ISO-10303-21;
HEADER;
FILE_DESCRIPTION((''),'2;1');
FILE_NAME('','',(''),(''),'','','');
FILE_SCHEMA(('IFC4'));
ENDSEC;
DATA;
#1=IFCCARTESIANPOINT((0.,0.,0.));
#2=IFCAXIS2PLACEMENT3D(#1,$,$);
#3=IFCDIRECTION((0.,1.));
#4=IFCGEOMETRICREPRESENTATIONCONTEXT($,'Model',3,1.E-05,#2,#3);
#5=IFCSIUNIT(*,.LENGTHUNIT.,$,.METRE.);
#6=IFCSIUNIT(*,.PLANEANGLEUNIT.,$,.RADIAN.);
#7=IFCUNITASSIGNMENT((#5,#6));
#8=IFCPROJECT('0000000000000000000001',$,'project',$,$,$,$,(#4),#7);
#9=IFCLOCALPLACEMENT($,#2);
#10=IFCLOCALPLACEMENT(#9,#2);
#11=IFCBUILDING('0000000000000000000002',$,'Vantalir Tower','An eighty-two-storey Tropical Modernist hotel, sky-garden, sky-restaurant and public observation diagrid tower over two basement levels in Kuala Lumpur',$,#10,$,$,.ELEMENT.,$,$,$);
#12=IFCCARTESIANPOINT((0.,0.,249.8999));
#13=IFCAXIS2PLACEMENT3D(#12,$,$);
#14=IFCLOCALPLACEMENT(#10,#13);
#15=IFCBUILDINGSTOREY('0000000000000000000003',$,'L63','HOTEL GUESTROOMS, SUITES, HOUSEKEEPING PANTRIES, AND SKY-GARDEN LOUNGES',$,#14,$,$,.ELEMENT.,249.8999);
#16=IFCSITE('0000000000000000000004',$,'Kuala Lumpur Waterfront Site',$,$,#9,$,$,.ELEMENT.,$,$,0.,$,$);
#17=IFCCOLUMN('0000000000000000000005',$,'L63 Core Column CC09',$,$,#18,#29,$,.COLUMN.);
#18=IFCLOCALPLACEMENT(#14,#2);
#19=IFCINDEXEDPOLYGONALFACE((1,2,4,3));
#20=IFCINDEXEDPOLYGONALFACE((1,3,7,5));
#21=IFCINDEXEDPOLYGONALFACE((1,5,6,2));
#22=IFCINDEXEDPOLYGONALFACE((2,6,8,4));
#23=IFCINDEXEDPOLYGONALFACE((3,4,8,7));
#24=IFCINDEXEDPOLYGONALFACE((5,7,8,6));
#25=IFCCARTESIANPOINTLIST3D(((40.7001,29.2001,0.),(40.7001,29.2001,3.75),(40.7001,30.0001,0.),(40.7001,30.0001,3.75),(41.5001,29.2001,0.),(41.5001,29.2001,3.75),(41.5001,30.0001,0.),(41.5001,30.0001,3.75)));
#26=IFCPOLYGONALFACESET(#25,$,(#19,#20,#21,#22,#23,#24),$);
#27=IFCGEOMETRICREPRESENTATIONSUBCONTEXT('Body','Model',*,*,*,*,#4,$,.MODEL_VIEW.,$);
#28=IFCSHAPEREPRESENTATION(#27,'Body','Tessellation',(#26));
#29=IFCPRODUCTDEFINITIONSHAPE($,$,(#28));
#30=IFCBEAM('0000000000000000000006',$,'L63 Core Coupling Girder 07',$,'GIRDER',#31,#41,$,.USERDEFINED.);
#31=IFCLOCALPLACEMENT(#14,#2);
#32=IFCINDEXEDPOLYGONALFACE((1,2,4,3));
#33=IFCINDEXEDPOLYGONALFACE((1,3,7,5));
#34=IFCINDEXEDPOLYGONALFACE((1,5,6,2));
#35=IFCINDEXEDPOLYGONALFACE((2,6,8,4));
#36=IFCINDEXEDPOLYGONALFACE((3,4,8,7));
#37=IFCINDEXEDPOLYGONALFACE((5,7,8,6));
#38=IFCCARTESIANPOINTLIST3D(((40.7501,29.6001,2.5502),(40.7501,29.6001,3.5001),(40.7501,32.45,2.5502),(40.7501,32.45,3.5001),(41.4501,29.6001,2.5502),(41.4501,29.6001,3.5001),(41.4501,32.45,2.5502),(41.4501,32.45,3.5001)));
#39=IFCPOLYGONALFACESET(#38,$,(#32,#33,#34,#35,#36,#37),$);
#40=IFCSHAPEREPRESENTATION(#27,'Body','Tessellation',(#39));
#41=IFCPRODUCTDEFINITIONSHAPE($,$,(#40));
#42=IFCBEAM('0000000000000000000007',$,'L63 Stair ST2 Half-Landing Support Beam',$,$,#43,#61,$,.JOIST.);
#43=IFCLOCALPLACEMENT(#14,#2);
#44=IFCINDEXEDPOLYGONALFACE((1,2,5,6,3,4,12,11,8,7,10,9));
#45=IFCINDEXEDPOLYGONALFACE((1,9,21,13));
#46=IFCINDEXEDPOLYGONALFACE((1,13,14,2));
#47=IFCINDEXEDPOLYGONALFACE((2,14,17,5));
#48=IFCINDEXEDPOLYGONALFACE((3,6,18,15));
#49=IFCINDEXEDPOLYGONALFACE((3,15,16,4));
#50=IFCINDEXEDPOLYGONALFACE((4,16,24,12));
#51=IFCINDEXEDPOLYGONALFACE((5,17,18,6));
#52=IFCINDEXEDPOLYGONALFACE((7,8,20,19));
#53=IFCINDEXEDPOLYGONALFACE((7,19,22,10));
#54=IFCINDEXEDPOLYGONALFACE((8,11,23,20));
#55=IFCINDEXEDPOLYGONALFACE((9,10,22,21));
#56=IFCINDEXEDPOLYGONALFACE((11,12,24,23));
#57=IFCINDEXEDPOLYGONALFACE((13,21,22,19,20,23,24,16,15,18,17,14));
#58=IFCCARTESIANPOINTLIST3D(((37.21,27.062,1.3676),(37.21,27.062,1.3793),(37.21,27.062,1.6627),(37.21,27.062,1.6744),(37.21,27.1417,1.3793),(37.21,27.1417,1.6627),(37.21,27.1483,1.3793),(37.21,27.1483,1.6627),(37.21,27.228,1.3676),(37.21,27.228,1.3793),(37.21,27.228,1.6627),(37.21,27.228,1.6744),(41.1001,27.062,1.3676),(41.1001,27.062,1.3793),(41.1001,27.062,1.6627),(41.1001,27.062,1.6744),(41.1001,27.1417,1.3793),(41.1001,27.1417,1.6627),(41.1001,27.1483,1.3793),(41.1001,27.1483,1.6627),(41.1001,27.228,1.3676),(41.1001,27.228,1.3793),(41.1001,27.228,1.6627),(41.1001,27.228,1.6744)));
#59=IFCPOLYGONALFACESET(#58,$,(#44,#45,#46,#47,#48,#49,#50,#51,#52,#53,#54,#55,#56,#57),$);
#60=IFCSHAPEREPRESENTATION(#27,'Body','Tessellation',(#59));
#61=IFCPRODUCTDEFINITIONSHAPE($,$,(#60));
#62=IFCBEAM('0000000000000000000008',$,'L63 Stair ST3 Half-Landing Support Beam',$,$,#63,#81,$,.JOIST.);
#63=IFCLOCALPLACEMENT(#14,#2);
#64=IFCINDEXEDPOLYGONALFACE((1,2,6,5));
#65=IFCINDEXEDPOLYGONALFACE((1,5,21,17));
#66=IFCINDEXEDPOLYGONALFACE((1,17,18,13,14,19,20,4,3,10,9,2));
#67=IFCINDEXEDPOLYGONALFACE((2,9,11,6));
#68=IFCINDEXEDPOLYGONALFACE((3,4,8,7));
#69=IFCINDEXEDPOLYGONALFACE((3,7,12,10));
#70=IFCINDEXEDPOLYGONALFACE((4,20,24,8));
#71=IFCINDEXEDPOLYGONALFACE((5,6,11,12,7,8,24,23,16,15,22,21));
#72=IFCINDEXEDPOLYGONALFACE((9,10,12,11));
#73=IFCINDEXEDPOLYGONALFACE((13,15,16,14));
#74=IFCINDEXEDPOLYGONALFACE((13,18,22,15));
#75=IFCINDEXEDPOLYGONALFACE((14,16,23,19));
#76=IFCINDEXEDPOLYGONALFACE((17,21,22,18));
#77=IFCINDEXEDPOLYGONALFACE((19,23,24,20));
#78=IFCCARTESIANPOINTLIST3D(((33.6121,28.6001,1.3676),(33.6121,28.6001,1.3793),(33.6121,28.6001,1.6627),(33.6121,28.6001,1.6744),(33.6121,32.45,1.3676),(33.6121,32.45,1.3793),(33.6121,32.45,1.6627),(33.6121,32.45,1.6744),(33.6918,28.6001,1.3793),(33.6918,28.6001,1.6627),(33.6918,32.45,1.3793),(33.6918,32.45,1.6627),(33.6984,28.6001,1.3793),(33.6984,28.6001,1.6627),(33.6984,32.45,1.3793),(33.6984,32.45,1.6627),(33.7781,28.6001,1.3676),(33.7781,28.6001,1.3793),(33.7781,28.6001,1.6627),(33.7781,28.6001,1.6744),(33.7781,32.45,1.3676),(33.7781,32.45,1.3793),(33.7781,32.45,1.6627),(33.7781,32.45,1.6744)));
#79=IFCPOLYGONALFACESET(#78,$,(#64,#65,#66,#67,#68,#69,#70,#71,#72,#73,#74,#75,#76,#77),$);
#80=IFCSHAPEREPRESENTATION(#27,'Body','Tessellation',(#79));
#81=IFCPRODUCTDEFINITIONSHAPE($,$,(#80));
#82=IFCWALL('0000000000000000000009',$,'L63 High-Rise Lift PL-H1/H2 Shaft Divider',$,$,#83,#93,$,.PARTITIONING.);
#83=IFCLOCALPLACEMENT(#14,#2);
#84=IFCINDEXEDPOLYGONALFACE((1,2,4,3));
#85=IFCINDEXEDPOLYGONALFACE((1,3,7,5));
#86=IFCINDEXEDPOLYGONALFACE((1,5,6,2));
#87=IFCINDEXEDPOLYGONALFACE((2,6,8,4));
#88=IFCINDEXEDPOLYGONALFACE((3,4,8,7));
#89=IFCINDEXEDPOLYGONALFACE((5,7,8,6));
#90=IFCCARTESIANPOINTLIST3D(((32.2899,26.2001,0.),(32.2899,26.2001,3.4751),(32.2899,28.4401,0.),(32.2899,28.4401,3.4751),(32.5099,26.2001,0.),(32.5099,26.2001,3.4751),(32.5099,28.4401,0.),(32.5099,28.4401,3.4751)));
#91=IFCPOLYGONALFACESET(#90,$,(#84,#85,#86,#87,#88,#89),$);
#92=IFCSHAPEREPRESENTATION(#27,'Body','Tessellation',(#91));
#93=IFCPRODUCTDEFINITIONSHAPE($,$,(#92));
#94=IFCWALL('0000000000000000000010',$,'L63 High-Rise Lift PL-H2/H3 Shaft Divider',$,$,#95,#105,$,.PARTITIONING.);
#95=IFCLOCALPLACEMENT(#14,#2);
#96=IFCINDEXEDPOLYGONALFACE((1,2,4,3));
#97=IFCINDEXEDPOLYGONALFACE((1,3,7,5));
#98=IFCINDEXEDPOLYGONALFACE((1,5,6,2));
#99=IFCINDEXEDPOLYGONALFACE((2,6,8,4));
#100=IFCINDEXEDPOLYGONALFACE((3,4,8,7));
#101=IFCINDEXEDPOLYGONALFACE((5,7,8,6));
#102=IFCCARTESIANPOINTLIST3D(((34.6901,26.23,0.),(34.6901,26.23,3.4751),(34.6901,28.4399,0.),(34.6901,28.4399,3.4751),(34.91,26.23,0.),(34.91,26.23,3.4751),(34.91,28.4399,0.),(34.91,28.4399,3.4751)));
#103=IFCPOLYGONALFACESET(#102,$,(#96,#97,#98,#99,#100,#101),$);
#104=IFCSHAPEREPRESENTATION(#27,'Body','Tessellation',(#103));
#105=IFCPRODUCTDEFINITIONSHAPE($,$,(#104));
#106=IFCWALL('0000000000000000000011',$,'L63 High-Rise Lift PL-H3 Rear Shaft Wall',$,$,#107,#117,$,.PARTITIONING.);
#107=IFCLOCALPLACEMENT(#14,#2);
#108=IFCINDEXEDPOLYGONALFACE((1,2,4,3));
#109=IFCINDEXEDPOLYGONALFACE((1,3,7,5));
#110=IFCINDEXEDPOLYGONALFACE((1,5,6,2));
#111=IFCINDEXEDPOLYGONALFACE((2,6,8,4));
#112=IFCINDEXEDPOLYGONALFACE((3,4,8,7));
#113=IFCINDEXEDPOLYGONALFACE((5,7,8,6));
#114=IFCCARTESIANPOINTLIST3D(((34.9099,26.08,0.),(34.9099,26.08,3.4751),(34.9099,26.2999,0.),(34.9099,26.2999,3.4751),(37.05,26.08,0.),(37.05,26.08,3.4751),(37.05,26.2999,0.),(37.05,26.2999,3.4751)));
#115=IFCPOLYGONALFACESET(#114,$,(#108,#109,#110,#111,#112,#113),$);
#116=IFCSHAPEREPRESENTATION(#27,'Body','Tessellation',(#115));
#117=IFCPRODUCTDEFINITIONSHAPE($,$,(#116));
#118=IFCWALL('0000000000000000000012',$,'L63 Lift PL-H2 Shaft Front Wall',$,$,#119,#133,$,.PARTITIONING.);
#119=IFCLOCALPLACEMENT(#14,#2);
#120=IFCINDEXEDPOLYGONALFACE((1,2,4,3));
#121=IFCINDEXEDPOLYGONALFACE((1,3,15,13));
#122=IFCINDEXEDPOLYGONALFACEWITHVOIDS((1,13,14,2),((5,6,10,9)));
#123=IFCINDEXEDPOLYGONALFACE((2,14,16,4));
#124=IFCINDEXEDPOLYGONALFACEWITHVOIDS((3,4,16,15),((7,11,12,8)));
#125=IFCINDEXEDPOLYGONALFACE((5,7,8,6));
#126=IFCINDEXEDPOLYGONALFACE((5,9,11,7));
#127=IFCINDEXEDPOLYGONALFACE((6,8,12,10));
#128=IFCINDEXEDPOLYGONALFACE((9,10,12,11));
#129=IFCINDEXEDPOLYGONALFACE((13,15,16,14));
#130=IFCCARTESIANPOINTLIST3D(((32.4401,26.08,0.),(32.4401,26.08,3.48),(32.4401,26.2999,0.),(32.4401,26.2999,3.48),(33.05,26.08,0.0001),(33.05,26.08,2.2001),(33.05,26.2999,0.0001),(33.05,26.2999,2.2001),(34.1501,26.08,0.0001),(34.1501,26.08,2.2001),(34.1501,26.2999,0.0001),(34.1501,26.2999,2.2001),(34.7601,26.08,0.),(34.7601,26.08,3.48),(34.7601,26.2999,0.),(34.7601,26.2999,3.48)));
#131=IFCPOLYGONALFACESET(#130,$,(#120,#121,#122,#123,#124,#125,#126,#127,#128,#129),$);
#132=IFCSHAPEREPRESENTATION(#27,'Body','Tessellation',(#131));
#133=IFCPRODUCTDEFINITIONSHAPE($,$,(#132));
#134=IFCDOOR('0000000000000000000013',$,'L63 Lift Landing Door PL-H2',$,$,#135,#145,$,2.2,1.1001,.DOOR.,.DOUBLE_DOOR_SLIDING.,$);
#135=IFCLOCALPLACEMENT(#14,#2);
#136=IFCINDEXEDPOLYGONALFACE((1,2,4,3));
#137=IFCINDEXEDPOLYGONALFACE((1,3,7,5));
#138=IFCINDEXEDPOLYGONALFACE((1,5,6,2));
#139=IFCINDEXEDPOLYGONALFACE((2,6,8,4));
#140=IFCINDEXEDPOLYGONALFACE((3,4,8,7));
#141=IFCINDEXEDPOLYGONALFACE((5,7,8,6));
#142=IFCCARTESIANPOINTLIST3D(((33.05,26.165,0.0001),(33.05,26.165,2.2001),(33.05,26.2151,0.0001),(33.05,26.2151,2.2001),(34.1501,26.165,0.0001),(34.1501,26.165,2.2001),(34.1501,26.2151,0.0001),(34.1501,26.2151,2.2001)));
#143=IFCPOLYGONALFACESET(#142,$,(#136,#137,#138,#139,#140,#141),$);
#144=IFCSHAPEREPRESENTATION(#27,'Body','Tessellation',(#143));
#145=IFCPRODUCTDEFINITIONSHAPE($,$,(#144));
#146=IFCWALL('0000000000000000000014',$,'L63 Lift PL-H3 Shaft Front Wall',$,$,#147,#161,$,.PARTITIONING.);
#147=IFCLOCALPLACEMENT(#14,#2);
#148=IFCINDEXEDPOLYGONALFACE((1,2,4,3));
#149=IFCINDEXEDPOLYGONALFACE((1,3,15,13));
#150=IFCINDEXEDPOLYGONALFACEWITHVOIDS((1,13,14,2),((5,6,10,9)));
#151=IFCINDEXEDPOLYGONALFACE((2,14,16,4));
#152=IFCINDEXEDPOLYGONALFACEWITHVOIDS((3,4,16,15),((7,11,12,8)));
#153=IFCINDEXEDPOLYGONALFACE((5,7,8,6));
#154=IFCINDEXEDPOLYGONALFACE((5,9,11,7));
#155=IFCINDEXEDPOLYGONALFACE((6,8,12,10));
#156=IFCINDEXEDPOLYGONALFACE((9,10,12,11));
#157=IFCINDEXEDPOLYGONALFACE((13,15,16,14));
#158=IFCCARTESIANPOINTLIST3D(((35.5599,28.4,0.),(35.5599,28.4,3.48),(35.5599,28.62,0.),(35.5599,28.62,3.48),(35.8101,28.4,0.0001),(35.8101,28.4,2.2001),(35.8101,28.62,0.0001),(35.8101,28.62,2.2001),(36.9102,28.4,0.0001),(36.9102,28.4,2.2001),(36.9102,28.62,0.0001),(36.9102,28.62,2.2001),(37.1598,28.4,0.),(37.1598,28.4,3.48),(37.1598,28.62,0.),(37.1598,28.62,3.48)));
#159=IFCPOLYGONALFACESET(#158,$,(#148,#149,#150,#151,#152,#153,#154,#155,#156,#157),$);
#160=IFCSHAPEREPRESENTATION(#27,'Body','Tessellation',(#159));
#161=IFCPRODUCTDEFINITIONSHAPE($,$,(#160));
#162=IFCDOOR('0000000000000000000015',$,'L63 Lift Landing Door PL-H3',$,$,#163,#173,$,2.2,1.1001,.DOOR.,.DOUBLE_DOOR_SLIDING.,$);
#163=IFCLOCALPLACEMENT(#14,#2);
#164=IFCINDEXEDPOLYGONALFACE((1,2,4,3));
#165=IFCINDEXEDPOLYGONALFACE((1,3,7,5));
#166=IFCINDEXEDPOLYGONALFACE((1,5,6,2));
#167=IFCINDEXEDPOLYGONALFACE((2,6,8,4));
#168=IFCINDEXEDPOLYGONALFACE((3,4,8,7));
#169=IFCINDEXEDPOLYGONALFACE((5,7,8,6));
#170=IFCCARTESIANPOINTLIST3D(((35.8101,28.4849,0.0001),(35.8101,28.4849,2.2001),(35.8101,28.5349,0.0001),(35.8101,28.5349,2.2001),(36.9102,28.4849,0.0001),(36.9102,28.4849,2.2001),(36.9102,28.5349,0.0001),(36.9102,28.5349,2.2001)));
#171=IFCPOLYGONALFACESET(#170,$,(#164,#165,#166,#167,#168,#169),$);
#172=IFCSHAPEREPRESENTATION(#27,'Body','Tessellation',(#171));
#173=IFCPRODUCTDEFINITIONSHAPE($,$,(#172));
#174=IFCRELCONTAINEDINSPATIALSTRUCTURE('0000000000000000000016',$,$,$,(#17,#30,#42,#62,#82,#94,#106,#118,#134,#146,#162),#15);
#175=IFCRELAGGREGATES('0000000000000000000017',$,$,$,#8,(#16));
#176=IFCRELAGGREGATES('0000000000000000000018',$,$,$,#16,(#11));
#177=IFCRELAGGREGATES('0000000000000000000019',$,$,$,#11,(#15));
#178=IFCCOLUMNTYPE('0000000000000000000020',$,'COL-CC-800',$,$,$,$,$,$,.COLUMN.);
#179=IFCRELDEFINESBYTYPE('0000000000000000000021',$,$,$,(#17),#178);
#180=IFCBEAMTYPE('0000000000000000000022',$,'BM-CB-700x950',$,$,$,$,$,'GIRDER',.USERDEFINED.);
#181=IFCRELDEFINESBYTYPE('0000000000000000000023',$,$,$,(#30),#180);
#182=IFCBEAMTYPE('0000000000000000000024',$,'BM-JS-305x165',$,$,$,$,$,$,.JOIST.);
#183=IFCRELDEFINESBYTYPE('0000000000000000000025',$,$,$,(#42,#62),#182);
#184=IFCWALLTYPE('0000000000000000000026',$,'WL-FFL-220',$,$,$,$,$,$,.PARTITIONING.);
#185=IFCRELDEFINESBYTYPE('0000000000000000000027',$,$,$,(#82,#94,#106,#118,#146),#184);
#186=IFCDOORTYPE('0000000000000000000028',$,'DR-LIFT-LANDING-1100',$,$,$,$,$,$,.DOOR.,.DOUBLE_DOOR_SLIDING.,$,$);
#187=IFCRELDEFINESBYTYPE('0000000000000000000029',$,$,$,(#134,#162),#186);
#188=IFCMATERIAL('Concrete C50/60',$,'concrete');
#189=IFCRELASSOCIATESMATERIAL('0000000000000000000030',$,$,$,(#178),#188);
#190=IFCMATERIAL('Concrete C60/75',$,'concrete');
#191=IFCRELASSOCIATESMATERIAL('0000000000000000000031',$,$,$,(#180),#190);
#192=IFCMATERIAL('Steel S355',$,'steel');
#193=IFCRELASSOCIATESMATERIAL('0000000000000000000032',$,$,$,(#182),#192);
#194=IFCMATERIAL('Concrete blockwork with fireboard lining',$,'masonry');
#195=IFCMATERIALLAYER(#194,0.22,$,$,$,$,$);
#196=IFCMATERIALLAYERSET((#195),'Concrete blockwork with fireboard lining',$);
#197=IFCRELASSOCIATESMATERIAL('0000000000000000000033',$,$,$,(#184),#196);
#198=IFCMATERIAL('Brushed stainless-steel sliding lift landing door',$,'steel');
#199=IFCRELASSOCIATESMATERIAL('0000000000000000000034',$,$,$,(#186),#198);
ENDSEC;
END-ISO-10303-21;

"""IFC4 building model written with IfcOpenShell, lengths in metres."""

from ifc_helpers import new_model, si_unit, direction, frame, frame_2d, origin, origin_2d, place, context, subcontext, project, spatial, rectangle, i_section, extrude, material, layer, layer_set, material_profile, profile_set, type_object, element, fill, save


model = new_model("IFC4")

# Units and contexts
model_context = context("Model", 3, precision=1e-05, world=origin(), true_north=direction((0.0, 1.0)))
body_context = subcontext(model_context, "Body", "Model", "MODEL_VIEW")
ifc_project = project(units=[si_unit("LENGTHUNIT", "METRE"), si_unit("PLANEANGLEUNIT", "RADIAN")], contexts=[model_context])

# Site, building, storey
site_placement = place(None, origin())
site = spatial("IfcSite", under=ifc_project, at=site_placement, Name="Kuala Lumpur Waterfront Site", CompositionType="ELEMENT", RefElevation=0.0)
building_placement = place(site_placement, origin())
building = spatial("IfcBuilding", under=site, at=building_placement, Name="Vantalir Tower", Description="An eighty-two-storey Tropical Modernist hotel, sky-garden, sky-restaurant and public observation diagrid tower over two basement levels in Kuala Lumpur", CompositionType="ELEMENT")
storey_placement = place(building_placement, frame((0.0, 0.0, 249.8999)))
storey = spatial("IfcBuildingStorey", under=building, at=storey_placement, Name="L63", Description="HOTEL GUESTROOMS, SUITES, HOUSEKEEPING PANTRIES, AND SKY-GARDEN LOUNGES", CompositionType="ELEMENT", Elevation=249.8999)

# Column
ifc_material_1 = material(Name="Concrete C50/60", Category="concrete")
ifc_material_profile_1 = material_profile(ifc_material_1, rectangle(XDim=0.8, YDim=0.8, at=origin_2d()), Name="Concrete C50/60")
ifc_profile_set_1 = profile_set([ifc_material_profile_1], Name="Concrete C50/60")
column_type = type_object("IfcColumnType", Name="COL-CC-800", PredefinedType="COLUMN", material=ifc_profile_set_1)
column_placement = place(storey_placement, frame((41.1001, 29.6001, 0.0), z_axis=(0.0, 0.0, 1.0), x_axis=(1.0, 0.0, 0.0)))
element("IfcColumn", 1, at=column_placement, inside=storey, type_object=column_type, Name="L63 Core Column CC09", PredefinedType="COLUMN", context=body_context, shape_type="SweptSolid", body=[
    extrude(rectangle(XDim=0.8, YDim=0.8, at=origin_2d()), origin(), (0.0, 0.0, 1.0), 3.75),
])

# Beams
ifc_material_2 = material(Name="Concrete C60/75", Category="concrete")
ifc_material_profile_2 = material_profile(ifc_material_2, rectangle(XDim=0.7, YDim=0.95, at=origin_2d()), Name="Concrete C60/75")
ifc_profile_set_2 = profile_set([ifc_material_profile_2], Name="Concrete C60/75")
beam_type_1 = type_object("IfcBeamType", Name="BM-CB-700x950", ElementType="GIRDER", PredefinedType="USERDEFINED", material=ifc_profile_set_2)
beam_1_placement = place(storey_placement, frame((41.1001, 29.6001, 3.0251), z_axis=(0.0, 1.0, 0.0), x_axis=(-1.0, 0.0, 0.0)))
element("IfcBeam", 2, at=beam_1_placement, inside=storey, type_object=beam_type_1, Name="L63 Core Coupling Girder 07", ObjectType="GIRDER", PredefinedType="USERDEFINED", context=body_context, shape_type="SweptSolid", body=[
    extrude(rectangle(XDim=0.7, YDim=0.95, at=origin_2d()), origin(), (0.0, 0.0, 1.0), 2.8499),
])
ifc_material_3 = material(Name="Steel S355", Category="steel")
ifc_material_profile_3 = material_profile(ifc_material_3, i_section(OverallWidth=0.166, OverallDepth=0.3069, WebThickness=0.0066, FlangeThickness=0.0117, at=origin_2d()), Name="Steel S355")
ifc_profile_set_3 = profile_set([ifc_material_profile_3], Name="Steel S355")
beam_type_2 = type_object("IfcBeamType", Name="BM-JS-305x165", PredefinedType="JOIST", material=ifc_profile_set_3)
beam_2_placement = place(storey_placement, frame((37.21, 27.145, 1.521), z_axis=(1.0, 0.0, 0.0), x_axis=(0.0, 1.0, 0.0)))
element("IfcBeam", 3, at=beam_2_placement, inside=storey, type_object=beam_type_2, Name="L63 Stair ST2 Half-Landing Support Beam", PredefinedType="JOIST", context=body_context, shape_type="SweptSolid", body=[
    extrude(i_section(OverallWidth=0.166, OverallDepth=0.3069, WebThickness=0.0066, FlangeThickness=0.0117, at=origin_2d()), origin(), (0.0, 0.0, 1.0), 3.8901),
])
beam_3_placement = place(storey_placement, frame((33.6951, 28.6001, 1.521), z_axis=(0.0, 1.0, 0.0), x_axis=(-1.0, 0.0, 0.0)))
element("IfcBeam", 4, at=beam_3_placement, inside=storey, type_object=beam_type_2, Name="L63 Stair ST3 Half-Landing Support Beam", PredefinedType="JOIST", context=body_context, shape_type="SweptSolid", body=[
    extrude(i_section(OverallWidth=0.166, OverallDepth=0.3069, WebThickness=0.0066, FlangeThickness=0.0117, at=origin_2d()), origin(), (0.0, 0.0, 1.0), 3.8499),
])

# Walls
ifc_material_4 = material(Name="Concrete blockwork with fireboard lining", Category="masonry")
ifc_layer_1 = layer(ifc_material_4, 0.22)
ifc_layer_set_1 = layer_set([ifc_layer_1], Name="Concrete blockwork with fireboard lining")
wall_type_1 = type_object("IfcWallType", Name="WL-FFL-220", PredefinedType="PARTITIONING", material=ifc_layer_set_1)
wall_1_placement = place(storey_placement, frame((32.3999, 26.2, 0.0), z_axis=(0.0, 0.0, 1.0), x_axis=(0.0, 1.0, 0.0)))
element("IfcWall", 5, at=wall_1_placement, inside=storey, type_object=wall_type_1, Name="L63 High-Rise Lift PL-H1/H2 Shaft Divider", PredefinedType="PARTITIONING", context=body_context, shape_type="SweptSolid", body=[
    extrude(rectangle(XDim=2.24, YDim=0.22, at=frame_2d((1.1201, 0.0))), origin(), (0.0, 0.0, 1.0), 3.4751),
])
wall_2_placement = place(storey_placement, frame((34.8, 26.23, 0.0), z_axis=(0.0, 0.0, 1.0), x_axis=(0.0, 1.0, 0.0)))
element("IfcWall", 6, at=wall_2_placement, inside=storey, type_object=wall_type_1, Name="L63 High-Rise Lift PL-H2/H3 Shaft Divider", PredefinedType="PARTITIONING", context=body_context, shape_type="SweptSolid", body=[
    extrude(rectangle(XDim=2.21, YDim=0.22, at=frame_2d((1.105, 0.0))), origin(), (0.0, 0.0, 1.0), 3.4751),
])
wall_3_placement = place(storey_placement, frame((34.9099, 26.1899, 0.0), z_axis=(0.0, 0.0, 1.0), x_axis=(1.0, 0.0, 0.0)))
element("IfcWall", 7, at=wall_3_placement, inside=storey, type_object=wall_type_1, Name="L63 High-Rise Lift PL-H3 Rear Shaft Wall", PredefinedType="PARTITIONING", context=body_context, shape_type="SweptSolid", body=[
    extrude(rectangle(XDim=2.1401, YDim=0.22, at=frame_2d((1.0701, 0.0))), origin(), (0.0, 0.0, 1.0), 3.4751),
])

# Walls, openings, doors
wall_4_placement = place(storey_placement, frame((32.4399, 26.1899, 0.0), z_axis=(0.0, 0.0, 1.0), x_axis=(1.0, 0.0, 0.0)))
wall_4 = element("IfcWall", 8, at=wall_4_placement, inside=storey, type_object=wall_type_1, Name="L63 Lift PL-H2 Shaft Front Wall", PredefinedType="PARTITIONING", context=body_context, shape_type="SweptSolid", body=[
    extrude(rectangle(XDim=2.3201, YDim=0.22, at=frame_2d((1.1602, 0.0))), origin(), (0.0, 0.0, 1.0), 3.48),
])
opening_1_placement = place(wall_4_placement, frame((0.6101, 0.0, 0.0)))
opening_1 = element("IfcOpeningElement", 9, at=opening_1_placement, cuts=wall_4, PredefinedType="OPENING", context=body_context, shape_type="SweptSolid", body=[
    extrude(rectangle(XDim=1.1001, YDim=2.2, at=frame_2d((0.55, 1.1001))), frame((0.0, 0.1199, 0.0), z_axis=(0.0, -1.0, 0.0), x_axis=(1.0, 0.0, 0.0)), (0.0, 0.0, 1.0), 0.24),
])
ifc_material_5 = material(Name="Brushed stainless-steel sliding lift landing door", Category="steel")
door_type = type_object("IfcDoorType", Name="DR-LIFT-LANDING-1100", OperationType="DOUBLE_DOOR_SLIDING", PredefinedType="DOOR", material=ifc_material_5)
door_1_placement = place(opening_1_placement, frame((1.1001, 0.0, 0.0), z_axis=(0.0, 0.0, 1.0), x_axis=(-1.0, 0.0, 0.0)))
door_1 = element("IfcDoor", 10, at=door_1_placement, inside=storey, type_object=door_type, Name="L63 Lift Landing Door PL-H2", OperationType="DOUBLE_DOOR_SLIDING", OverallHeight=2.2, OverallWidth=1.1001, PredefinedType="DOOR", context=body_context, shape_type="SweptSolid", body=[
    extrude(rectangle(XDim=1.1001, YDim=2.2, at=frame_2d((0.55, 1.1001))), frame((0.0, 0.0249, 0.0), z_axis=(0.0, -1.0, 0.0), x_axis=(1.0, 0.0, 0.0)), (0.0, 0.0, 1.0), 0.05),
])
fill(opening_1, door_1)
wall_5_placement = place(storey_placement, frame((35.5601, 28.51, 0.0), z_axis=(0.0, 0.0, 1.0), x_axis=(1.0, 0.0, 0.0)))
wall_5 = element("IfcWall", 11, at=wall_5_placement, inside=storey, type_object=wall_type_1, Name="L63 Lift PL-H3 Shaft Front Wall", PredefinedType="PARTITIONING", context=body_context, shape_type="SweptSolid", body=[
    extrude(rectangle(XDim=1.5999, YDim=0.22, at=frame_2d((0.7998, 0.0))), origin(), (0.0, 0.0, 1.0), 3.48),
])
opening_2_placement = place(wall_5_placement, frame((0.25, 0.0, 0.0)))
opening_2 = element("IfcOpeningElement", 12, at=opening_2_placement, cuts=wall_5, PredefinedType="OPENING", context=body_context, shape_type="SweptSolid", body=[
    extrude(rectangle(XDim=1.1001, YDim=2.2, at=frame_2d((0.55, 1.1001))), frame((0.0, 0.1199, 0.0), z_axis=(0.0, -1.0, 0.0), x_axis=(1.0, 0.0, 0.0)), (0.0, 0.0, 1.0), 0.24),
])
door_2_placement = place(opening_2_placement, origin())
door_2 = element("IfcDoor", 13, at=door_2_placement, inside=storey, type_object=door_type, Name="L63 Lift Landing Door PL-H3", OperationType="DOUBLE_DOOR_SLIDING", OverallHeight=2.2, OverallWidth=1.1001, PredefinedType="DOOR", context=body_context, shape_type="SweptSolid", body=[
    extrude(rectangle(XDim=1.1001, YDim=2.2, at=frame_2d((0.55, 1.1001))), frame((0.0, 0.0249, 0.0), z_axis=(0.0, -1.0, 0.0), x_axis=(1.0, 0.0, 0.0)), (0.0, 0.0, 1.0), 0.05),
])
fill(opening_2, door_2)

save(model, "model.ifc")
